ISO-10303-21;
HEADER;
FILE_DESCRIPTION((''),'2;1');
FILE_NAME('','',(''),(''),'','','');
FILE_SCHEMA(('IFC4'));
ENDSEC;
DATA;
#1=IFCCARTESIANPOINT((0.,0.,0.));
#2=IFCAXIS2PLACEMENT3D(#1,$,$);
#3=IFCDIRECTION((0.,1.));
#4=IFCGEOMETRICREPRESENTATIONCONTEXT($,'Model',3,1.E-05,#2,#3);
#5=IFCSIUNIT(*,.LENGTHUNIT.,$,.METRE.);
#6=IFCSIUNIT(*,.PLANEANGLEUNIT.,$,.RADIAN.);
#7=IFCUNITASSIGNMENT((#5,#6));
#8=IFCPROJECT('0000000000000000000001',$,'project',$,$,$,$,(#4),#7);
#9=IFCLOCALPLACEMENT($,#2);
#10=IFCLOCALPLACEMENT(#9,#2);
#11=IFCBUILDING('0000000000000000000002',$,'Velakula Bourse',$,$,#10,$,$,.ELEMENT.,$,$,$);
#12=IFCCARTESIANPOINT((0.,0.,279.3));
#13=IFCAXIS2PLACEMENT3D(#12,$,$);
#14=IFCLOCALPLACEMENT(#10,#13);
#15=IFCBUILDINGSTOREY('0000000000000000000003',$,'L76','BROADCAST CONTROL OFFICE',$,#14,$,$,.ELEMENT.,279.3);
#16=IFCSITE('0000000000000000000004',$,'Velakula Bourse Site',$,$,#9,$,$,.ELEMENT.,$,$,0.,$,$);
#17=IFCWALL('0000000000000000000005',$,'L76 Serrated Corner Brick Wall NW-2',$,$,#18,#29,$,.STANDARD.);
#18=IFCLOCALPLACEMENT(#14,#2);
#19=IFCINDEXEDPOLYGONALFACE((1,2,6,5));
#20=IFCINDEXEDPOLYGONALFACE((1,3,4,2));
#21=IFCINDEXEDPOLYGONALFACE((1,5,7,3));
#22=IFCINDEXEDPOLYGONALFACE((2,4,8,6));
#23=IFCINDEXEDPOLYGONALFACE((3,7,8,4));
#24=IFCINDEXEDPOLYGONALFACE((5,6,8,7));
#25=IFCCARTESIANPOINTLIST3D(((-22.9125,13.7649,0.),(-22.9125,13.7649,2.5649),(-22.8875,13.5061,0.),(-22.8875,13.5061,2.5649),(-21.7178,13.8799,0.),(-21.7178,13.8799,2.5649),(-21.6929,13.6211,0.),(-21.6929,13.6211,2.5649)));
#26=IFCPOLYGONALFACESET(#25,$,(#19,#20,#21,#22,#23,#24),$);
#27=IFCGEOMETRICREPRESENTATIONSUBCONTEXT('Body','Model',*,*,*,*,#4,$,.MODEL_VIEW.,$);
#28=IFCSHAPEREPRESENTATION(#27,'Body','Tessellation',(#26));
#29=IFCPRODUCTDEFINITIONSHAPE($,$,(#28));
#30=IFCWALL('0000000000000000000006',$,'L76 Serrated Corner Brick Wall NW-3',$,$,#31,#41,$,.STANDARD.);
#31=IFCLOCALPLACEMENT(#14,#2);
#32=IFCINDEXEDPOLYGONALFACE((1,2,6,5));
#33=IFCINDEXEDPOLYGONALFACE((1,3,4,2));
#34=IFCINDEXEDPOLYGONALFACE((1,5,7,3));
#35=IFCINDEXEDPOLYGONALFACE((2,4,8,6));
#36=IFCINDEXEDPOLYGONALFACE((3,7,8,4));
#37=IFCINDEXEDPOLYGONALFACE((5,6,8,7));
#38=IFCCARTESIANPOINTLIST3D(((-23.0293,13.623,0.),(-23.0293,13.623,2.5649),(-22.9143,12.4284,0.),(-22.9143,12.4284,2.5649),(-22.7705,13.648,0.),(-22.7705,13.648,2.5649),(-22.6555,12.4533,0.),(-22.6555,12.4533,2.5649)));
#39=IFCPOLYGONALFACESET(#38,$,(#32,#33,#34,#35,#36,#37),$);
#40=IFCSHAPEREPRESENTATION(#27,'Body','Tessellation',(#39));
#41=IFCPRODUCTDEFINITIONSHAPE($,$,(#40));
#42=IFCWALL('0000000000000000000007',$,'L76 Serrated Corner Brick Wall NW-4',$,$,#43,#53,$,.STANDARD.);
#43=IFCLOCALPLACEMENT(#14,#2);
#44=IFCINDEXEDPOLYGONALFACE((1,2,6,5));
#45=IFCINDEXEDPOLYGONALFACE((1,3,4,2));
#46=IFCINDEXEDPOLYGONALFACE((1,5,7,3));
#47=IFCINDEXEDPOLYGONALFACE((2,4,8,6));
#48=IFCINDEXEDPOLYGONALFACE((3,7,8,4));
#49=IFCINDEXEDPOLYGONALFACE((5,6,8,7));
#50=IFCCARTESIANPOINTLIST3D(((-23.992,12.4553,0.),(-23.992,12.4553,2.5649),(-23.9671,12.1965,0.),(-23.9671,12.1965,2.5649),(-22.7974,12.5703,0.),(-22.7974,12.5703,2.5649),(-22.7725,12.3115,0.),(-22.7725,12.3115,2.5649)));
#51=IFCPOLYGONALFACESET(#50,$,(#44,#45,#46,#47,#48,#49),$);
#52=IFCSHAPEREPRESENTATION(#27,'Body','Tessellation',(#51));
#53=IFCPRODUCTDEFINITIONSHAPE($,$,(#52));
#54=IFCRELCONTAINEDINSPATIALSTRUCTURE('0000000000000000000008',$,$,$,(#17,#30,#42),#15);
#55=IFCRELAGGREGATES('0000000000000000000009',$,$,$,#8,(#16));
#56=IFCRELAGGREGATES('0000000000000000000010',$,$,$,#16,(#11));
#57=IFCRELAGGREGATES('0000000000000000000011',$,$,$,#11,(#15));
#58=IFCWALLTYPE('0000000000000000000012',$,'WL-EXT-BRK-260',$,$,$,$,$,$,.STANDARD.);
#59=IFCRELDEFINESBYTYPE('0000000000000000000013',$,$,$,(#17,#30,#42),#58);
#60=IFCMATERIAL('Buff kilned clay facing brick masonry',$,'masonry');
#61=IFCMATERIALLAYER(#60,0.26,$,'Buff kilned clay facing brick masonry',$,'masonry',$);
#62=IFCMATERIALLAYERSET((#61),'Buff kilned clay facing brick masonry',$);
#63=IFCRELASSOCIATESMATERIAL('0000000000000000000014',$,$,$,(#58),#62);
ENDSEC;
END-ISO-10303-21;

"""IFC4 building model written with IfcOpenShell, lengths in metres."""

from ifc_helpers import new_model, si_unit, direction, frame, frame_2d, origin, place, context, subcontext, project, spatial, rectangle, extrude, material, layer, layer_set, type_object, element, save


model = new_model("IFC4")

# Units and contexts
model_context = context("Model", 3, precision=1e-05, world=origin(), true_north=direction((0.0, 1.0)))
body_context = subcontext(model_context, "Body", "Model", "MODEL_VIEW")
ifc_project = project(units=[si_unit("LENGTHUNIT", "METRE"), si_unit("PLANEANGLEUNIT", "RADIAN")], contexts=[model_context])

# Site, building, storey
site_placement = place(None, origin())
site = spatial("IfcSite", under=ifc_project, at=site_placement, Name="Velakula Bourse Site", CompositionType="ELEMENT", RefElevation=0.0)
building_placement = place(site_placement, origin())
building = spatial("IfcBuilding", under=site, at=building_placement, Name="Velakula Bourse", CompositionType="ELEMENT")
storey_placement = place(building_placement, frame((0.0, 0.0, 279.3)))
storey = spatial("IfcBuildingStorey", under=building, at=storey_placement, Name="L76", Description="BROADCAST CONTROL OFFICE", CompositionType="ELEMENT", Elevation=279.3)

# Shared definitions
ifc_material_1 = material(Name="Buff kilned clay facing brick masonry", Category="masonry")
ifc_layer_1 = layer(ifc_material_1, 0.26, Name="Buff kilned clay facing brick masonry", Category="masonry")
ifc_layer_set_1 = layer_set([ifc_layer_1], Name="Buff kilned clay facing brick masonry")
wall_type_1 = type_object("IfcWallType", Name="WL-EXT-BRK-260", PredefinedType="STANDARD", material=ifc_layer_set_1)

# Walls
for number, where, z_axis, x_axis, name in (
    (1, (-21.7053, 13.7505, 0.0), (0.0, 0.0, 1.0), (-0.995399, -0.095817, 0.0), "L76 Serrated Corner Brick Wall NW-2"),
    (2, (-22.8999, 13.6355, 0.0), (0.0, 0.0, 1.0), (0.095817, -0.995399, 0.0), "L76 Serrated Corner Brick Wall NW-3"),
    (3, (-22.7849, 12.4409, 0.0), (0.0, 0.0, 1.0), (-0.995399, -0.095817, 0.0), "L76 Serrated Corner Brick Wall NW-4"),
):
    element("IfcWall", number, at=place(storey_placement, frame(where, z_axis=z_axis, x_axis=x_axis)), inside=storey, type_object=wall_type_1, Name=name, PredefinedType="STANDARD", context=body_context, shape_type="SweptSolid", body=[
        extrude(rectangle(XDim=1.2002, YDim=0.26, at=frame_2d((0.6001, 0.0))), origin(), (0.0, 0.0, 1.0), 2.5649),
    ])

save(model, "model.ifc")
